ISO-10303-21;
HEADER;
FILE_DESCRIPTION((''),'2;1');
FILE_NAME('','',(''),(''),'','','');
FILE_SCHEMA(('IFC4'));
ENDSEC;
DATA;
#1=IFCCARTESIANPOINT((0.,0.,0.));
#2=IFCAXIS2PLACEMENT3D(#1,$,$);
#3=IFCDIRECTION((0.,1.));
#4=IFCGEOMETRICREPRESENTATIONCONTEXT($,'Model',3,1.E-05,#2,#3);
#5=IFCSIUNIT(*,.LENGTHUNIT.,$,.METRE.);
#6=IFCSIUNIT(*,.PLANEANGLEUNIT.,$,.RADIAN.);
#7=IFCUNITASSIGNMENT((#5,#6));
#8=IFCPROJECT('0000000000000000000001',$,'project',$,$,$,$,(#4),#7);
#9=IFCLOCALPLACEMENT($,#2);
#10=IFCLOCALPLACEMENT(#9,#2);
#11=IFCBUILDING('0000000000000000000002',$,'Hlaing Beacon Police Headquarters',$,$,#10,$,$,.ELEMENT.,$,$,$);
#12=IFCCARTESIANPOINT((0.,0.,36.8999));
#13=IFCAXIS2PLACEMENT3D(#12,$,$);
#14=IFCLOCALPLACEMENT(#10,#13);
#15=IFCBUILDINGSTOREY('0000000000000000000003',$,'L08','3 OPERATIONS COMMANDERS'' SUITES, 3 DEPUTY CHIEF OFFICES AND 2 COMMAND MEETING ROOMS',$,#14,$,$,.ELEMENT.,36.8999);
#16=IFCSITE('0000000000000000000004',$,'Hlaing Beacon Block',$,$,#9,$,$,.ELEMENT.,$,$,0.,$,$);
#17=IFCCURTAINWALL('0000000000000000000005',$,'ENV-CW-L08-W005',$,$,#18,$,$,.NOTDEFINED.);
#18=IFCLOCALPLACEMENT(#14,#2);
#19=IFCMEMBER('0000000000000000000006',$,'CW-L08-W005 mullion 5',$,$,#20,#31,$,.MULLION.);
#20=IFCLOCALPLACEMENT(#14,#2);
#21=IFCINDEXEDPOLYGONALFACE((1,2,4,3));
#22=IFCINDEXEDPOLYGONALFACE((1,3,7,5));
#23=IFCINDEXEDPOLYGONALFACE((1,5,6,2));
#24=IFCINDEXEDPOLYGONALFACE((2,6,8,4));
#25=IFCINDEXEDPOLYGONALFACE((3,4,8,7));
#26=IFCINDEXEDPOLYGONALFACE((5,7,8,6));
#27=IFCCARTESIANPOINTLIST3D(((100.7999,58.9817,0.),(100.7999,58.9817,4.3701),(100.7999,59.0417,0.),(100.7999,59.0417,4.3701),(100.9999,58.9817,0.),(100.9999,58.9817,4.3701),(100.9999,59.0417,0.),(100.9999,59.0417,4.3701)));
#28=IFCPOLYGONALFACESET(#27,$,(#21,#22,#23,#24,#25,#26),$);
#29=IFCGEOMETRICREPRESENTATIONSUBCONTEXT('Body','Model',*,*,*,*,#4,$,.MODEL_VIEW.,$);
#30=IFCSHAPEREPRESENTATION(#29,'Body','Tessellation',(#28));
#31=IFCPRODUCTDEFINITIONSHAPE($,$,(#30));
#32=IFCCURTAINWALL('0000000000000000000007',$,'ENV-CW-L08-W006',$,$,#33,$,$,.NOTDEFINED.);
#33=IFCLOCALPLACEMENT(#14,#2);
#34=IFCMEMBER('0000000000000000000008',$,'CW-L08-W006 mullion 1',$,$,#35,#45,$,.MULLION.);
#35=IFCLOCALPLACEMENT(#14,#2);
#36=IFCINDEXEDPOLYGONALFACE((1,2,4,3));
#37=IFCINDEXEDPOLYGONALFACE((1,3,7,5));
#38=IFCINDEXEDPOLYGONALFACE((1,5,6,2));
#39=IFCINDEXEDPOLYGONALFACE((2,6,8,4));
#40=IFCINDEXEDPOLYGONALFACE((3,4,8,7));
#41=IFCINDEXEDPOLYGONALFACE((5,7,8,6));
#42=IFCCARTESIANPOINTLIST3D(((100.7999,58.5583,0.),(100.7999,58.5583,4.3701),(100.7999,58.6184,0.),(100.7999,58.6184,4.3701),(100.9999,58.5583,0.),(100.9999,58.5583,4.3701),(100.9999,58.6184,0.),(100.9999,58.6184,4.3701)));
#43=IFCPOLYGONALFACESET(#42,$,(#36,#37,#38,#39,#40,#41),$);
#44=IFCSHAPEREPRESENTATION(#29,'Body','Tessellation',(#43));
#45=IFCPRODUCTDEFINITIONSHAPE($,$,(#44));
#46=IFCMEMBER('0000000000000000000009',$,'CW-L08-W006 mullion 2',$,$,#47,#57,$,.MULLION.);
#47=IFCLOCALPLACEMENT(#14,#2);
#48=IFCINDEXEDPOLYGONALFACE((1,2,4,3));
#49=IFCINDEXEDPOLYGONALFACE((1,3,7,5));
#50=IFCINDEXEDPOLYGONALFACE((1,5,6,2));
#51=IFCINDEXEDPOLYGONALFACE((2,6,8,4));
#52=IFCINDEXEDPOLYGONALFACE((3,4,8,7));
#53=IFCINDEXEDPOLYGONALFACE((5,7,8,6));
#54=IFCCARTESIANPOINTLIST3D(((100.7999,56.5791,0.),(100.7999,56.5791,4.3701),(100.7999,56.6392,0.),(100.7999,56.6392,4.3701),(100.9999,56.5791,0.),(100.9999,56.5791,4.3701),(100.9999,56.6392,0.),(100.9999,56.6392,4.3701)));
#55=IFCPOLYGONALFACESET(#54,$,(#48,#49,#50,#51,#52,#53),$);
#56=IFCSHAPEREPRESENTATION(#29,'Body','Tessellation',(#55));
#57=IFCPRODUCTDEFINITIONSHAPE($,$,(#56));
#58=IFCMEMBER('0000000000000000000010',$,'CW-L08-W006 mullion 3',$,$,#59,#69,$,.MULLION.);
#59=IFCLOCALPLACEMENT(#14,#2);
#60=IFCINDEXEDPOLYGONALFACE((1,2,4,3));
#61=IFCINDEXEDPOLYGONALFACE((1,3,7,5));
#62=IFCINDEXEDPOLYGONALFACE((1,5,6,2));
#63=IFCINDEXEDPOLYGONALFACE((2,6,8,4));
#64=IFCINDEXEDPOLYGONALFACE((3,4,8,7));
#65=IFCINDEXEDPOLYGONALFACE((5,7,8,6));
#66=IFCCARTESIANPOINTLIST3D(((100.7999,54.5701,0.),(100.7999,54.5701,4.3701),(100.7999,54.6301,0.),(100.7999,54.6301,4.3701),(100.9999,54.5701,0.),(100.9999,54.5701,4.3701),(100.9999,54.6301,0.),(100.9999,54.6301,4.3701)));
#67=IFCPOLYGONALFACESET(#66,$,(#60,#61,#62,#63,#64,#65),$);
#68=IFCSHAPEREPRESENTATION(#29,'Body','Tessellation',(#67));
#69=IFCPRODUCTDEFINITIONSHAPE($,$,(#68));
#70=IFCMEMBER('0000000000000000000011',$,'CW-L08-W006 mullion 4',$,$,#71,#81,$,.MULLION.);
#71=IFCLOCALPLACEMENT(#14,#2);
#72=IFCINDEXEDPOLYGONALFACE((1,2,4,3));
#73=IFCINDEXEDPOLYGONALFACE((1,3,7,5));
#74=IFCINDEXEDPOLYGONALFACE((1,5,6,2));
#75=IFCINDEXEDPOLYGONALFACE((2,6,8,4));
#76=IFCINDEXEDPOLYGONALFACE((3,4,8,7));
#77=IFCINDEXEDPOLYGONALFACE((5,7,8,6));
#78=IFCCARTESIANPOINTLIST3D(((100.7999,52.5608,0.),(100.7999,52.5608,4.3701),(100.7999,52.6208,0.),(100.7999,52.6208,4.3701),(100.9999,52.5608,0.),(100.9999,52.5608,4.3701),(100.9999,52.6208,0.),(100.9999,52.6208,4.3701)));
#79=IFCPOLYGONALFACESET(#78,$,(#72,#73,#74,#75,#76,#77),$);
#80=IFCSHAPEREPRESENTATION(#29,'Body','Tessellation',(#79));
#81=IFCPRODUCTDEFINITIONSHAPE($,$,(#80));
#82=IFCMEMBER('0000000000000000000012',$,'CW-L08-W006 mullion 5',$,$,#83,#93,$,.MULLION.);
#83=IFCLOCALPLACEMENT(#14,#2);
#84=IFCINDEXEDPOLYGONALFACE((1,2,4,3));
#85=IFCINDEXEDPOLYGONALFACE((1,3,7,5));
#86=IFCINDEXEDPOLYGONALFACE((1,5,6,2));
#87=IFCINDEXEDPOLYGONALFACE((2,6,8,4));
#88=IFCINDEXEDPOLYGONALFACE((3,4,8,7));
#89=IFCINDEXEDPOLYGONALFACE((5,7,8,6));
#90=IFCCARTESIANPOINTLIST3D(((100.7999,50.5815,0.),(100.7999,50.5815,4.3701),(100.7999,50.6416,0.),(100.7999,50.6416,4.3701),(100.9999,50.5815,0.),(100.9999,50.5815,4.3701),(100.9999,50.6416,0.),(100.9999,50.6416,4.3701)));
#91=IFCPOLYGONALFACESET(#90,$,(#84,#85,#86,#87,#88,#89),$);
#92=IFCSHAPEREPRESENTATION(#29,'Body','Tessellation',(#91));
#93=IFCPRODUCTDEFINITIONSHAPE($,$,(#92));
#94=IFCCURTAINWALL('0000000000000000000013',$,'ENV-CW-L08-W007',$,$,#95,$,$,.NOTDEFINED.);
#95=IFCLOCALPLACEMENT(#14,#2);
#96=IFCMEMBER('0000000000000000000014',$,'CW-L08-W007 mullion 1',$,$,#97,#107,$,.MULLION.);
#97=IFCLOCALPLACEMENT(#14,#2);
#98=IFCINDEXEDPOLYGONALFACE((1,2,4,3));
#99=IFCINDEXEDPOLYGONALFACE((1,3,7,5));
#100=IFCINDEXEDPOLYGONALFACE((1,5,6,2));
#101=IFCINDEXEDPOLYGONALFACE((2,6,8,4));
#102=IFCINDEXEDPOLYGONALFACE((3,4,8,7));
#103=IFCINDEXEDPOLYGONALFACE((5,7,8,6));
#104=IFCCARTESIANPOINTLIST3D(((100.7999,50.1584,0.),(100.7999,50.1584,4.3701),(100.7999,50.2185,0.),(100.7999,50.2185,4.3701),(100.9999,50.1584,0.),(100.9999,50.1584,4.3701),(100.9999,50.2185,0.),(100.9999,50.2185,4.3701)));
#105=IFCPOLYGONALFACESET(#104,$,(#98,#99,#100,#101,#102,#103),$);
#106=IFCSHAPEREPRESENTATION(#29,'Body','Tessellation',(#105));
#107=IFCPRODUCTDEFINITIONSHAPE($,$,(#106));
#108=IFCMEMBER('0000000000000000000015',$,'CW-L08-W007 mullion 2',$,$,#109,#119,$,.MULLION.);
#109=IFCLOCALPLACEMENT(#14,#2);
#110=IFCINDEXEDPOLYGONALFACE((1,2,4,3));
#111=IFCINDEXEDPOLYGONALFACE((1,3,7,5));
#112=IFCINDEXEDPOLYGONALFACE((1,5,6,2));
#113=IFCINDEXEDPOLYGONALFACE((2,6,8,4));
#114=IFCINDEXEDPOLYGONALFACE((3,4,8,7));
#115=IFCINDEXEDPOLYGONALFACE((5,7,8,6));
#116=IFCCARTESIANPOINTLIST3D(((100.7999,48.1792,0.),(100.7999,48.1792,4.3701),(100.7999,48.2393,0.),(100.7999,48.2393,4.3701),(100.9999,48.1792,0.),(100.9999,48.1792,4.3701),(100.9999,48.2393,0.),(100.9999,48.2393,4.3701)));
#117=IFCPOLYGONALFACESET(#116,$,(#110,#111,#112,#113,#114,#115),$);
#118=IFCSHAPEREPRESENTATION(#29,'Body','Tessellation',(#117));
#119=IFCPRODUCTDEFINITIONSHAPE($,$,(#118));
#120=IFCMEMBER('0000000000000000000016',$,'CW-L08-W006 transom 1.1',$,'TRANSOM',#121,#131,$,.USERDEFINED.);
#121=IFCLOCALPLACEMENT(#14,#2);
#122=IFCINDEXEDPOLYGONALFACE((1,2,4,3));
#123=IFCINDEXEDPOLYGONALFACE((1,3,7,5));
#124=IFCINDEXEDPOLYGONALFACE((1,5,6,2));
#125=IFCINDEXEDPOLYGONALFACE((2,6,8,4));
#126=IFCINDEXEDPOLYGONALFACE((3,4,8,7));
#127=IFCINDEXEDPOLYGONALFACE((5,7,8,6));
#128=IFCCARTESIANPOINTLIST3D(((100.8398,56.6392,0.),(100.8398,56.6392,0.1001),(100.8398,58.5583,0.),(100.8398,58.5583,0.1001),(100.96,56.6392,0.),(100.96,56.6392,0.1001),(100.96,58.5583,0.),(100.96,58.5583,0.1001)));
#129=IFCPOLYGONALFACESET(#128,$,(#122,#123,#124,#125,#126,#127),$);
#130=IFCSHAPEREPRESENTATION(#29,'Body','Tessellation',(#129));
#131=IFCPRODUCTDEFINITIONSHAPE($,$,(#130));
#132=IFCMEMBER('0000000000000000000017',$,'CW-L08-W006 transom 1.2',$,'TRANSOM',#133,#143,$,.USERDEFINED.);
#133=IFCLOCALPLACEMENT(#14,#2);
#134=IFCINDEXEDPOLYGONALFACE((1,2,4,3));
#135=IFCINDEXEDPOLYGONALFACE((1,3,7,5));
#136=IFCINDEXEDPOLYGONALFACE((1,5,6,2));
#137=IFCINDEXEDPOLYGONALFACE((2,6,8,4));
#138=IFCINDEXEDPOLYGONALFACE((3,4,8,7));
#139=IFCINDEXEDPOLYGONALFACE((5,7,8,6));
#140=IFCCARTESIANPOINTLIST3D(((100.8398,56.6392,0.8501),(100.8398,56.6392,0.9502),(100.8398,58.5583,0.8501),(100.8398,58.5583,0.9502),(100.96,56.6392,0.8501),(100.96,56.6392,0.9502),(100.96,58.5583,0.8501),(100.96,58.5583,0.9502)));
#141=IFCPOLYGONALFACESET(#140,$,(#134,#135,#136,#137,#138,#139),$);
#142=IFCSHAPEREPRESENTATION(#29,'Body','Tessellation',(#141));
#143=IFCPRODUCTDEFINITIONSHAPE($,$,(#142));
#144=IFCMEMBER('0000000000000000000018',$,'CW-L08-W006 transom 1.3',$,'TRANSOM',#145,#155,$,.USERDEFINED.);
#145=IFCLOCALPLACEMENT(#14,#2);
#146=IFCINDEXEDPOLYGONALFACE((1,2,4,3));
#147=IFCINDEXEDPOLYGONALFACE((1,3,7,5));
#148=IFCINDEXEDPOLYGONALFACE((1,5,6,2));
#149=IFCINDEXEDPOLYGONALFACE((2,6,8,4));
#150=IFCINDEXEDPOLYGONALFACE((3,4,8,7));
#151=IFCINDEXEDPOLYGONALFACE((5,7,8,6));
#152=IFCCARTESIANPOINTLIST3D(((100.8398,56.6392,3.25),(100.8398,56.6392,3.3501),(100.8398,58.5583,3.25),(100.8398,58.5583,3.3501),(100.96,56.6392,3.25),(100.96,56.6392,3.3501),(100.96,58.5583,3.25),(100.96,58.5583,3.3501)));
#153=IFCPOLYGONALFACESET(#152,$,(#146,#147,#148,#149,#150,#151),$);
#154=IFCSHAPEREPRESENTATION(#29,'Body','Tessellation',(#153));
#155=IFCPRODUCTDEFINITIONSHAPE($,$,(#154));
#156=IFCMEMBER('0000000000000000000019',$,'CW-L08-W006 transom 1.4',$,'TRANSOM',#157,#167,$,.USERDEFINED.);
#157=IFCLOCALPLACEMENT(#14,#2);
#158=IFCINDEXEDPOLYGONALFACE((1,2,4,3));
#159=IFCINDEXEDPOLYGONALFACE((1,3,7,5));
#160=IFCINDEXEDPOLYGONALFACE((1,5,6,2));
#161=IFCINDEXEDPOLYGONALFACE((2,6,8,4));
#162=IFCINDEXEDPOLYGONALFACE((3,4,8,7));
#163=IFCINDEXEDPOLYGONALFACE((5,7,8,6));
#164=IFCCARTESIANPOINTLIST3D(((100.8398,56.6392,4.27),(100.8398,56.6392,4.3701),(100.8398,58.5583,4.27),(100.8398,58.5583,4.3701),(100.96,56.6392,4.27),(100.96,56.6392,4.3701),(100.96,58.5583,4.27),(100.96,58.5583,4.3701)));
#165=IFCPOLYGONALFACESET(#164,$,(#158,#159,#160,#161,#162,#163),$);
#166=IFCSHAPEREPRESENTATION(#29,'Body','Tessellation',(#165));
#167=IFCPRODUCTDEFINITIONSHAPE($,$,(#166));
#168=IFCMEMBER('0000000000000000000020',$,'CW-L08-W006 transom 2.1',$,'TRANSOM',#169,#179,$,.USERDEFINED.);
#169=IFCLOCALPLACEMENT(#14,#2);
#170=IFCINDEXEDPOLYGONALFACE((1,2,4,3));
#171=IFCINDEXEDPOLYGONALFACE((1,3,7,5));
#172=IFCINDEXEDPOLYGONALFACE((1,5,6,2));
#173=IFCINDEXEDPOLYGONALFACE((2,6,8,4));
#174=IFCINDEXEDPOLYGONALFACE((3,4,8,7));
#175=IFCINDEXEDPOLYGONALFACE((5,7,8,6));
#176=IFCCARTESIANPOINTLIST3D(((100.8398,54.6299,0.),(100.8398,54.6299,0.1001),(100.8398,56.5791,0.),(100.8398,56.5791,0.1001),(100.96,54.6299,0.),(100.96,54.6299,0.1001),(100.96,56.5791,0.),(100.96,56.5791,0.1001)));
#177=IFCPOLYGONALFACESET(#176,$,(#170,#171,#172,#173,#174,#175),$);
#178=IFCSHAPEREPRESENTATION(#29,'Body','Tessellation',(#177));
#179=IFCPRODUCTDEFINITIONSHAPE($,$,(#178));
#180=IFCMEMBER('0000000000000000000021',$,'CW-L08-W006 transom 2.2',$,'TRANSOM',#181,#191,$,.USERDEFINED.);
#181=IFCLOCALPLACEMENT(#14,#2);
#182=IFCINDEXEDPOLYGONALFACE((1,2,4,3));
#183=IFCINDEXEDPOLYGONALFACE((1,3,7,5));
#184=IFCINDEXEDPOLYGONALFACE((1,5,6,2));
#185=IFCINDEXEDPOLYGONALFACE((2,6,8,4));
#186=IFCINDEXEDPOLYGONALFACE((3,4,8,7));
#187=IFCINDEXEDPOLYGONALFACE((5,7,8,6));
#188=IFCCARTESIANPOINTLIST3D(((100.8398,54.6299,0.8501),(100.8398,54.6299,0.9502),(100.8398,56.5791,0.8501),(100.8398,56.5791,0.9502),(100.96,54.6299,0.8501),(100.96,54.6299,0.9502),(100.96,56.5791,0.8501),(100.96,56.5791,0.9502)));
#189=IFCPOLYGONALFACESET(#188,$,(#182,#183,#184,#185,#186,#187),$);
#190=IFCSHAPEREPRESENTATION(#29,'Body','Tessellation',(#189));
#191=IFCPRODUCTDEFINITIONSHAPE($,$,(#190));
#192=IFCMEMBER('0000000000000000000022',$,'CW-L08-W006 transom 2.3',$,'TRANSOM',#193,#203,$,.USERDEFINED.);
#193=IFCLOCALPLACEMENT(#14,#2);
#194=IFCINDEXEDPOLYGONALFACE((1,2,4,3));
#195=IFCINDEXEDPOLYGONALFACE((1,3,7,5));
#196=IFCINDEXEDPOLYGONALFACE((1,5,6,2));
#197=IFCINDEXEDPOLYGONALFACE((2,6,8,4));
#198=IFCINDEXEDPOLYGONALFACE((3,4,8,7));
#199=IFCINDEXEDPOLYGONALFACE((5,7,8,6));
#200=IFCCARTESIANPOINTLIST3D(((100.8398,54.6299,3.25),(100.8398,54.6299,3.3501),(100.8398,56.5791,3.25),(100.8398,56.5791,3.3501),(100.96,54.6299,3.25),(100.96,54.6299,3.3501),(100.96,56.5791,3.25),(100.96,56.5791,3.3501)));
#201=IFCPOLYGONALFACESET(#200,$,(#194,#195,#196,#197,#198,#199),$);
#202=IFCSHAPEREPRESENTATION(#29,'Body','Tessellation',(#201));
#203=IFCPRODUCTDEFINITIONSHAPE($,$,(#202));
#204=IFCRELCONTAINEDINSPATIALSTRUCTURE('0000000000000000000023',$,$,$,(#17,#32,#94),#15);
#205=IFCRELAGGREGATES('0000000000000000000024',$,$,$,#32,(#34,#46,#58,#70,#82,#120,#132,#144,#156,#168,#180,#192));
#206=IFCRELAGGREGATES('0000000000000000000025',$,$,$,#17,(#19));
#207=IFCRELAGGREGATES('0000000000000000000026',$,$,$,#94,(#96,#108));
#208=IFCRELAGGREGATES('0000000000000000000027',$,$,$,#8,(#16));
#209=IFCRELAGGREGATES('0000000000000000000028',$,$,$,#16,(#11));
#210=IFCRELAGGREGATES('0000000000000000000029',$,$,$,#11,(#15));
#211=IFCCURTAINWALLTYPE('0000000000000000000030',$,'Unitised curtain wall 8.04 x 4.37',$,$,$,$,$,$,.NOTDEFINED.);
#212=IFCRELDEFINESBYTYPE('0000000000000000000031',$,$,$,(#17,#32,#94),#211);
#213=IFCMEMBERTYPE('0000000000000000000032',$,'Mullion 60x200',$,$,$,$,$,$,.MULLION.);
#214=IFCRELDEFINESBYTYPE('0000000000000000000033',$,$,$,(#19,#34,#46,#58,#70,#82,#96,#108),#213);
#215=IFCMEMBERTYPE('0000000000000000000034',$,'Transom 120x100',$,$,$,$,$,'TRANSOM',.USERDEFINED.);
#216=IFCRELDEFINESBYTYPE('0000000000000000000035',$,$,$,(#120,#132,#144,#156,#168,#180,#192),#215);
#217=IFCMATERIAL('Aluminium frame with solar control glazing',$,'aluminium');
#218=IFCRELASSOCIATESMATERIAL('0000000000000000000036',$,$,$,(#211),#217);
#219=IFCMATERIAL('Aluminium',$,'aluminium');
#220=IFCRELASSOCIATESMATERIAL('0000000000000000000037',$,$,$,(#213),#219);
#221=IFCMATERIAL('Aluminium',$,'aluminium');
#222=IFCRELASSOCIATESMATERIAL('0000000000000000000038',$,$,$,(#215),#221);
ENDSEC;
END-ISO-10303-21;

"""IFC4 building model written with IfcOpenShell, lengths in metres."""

from ifc_helpers import new_model, si_unit, direction, frame, origin, origin_2d, place, context, subcontext, project, spatial, rectangle, extrude, material, material_profile, profile_set, type_object, element, aggregate, save


model = new_model("IFC4")

# Units and contexts
model_context = context("Model", 3, precision=1e-05, world=origin(), true_north=direction((0.0, 1.0)))
body_context = subcontext(model_context, "Body", "Model", "MODEL_VIEW")
ifc_project = project(units=[si_unit("LENGTHUNIT", "METRE"), si_unit("PLANEANGLEUNIT", "RADIAN")], contexts=[model_context])

# Site, building, storey
site_placement = place(None, origin())
site = spatial("IfcSite", under=ifc_project, at=site_placement, Name="Hlaing Beacon Block", CompositionType="ELEMENT", RefElevation=0.0)
building_placement = place(site_placement, origin())
building = spatial("IfcBuilding", under=site, at=building_placement, Name="Hlaing Beacon Police Headquarters", CompositionType="ELEMENT")
storey_placement = place(building_placement, frame((0.0, 0.0, 36.8999)))
storey = spatial("IfcBuildingStorey", under=building, at=storey_placement, Name="L08", Description="3 OPERATIONS COMMANDERS' SUITES, 3 DEPUTY CHIEF OFFICES AND 2 COMMAND MEETING ROOMS", CompositionType="ELEMENT", Elevation=36.8999)

# Curtain wall, member
ifc_material_1 = material(Name="Aluminium frame with solar control glazing", Category="aluminium")
curtain_wall_type = type_object("IfcCurtainWallType", Name="Unitised curtain wall 8.04 x 4.37", PredefinedType="NOTDEFINED", material=ifc_material_1)
curtain_wall_1_placement = place(storey_placement, origin())
curtain_wall_1 = element("IfcCurtainWall", 1, at=curtain_wall_1_placement, inside=storey, type_object=curtain_wall_type, Name="ENV-CW-L08-W005", PredefinedType="NOTDEFINED")
ifc_material_2 = material(Name="Aluminium", Category="aluminium")
ifc_material_profile_1 = material_profile(ifc_material_2, rectangle(XDim=0.2, YDim=0.0601, at=origin_2d()), Name="Mullion 60x200")
ifc_profile_set_1 = profile_set([ifc_material_profile_1], Name="Aluminium")
member_type_1 = type_object("IfcMemberType", Name="Mullion 60x200", PredefinedType="MULLION", material=ifc_profile_set_1)
member_1_placement = place(storey_placement, frame((100.8999, 59.0117, 0.0), z_axis=(0.0, 0.0, 1.0), x_axis=(1.0, 0.0, 0.0)))
member_1 = element("IfcMember", 2, at=member_1_placement, type_object=member_type_1, Name="CW-L08-W005 mullion 5", PredefinedType="MULLION", context=body_context, shape_type="SweptSolid", body=[
    extrude(rectangle(XDim=0.2, YDim=0.0601, at=origin_2d()), origin(), (0.0, 0.0, 1.0), 4.3701),
])

# Curtain walls, members
curtain_wall_2_placement = place(storey_placement, origin())
curtain_wall_2 = element("IfcCurtainWall", 3, at=curtain_wall_2_placement, inside=storey, type_object=curtain_wall_type, Name="ENV-CW-L08-W006", PredefinedType="NOTDEFINED")
member_2_placement = place(storey_placement, frame((100.8999, 58.5884, 0.0), z_axis=(0.0, 0.0, 1.0), x_axis=(1.0, 0.0, 0.0)))
member_2 = element("IfcMember", 4, at=member_2_placement, type_object=member_type_1, Name="CW-L08-W006 mullion 1", PredefinedType="MULLION", context=body_context, shape_type="SweptSolid", body=[
    extrude(rectangle(XDim=0.2, YDim=0.0601, at=origin_2d()), origin(), (0.0, 0.0, 1.0), 4.3701),
])
member_3_placement = place(storey_placement, frame((100.8999, 56.6091, 0.0), z_axis=(0.0, 0.0, 1.0), x_axis=(1.0, 0.0, 0.0)))
member_3 = element("IfcMember", 5, at=member_3_placement, type_object=member_type_1, Name="CW-L08-W006 mullion 2", PredefinedType="MULLION", context=body_context, shape_type="SweptSolid", body=[
    extrude(rectangle(XDim=0.2, YDim=0.0601, at=origin_2d()), origin(), (0.0, 0.0, 1.0), 4.3701),
])
member_4_placement = place(storey_placement, frame((100.8999, 54.6001, 0.0), z_axis=(0.0, 0.0, 1.0), x_axis=(1.0, 0.0, 0.0)))
member_4 = element("IfcMember", 6, at=member_4_placement, type_object=member_type_1, Name="CW-L08-W006 mullion 3", PredefinedType="MULLION", context=body_context, shape_type="SweptSolid", body=[
    extrude(rectangle(XDim=0.2, YDim=0.0601, at=origin_2d()), origin(), (0.0, 0.0, 1.0), 4.3701),
])
member_5_placement = place(storey_placement, frame((100.8999, 52.5908, 0.0), z_axis=(0.0, 0.0, 1.0), x_axis=(1.0, 0.0, 0.0)))
member_5 = element("IfcMember", 7, at=member_5_placement, type_object=member_type_1, Name="CW-L08-W006 mullion 4", PredefinedType="MULLION", context=body_context, shape_type="SweptSolid", body=[
    extrude(rectangle(XDim=0.2, YDim=0.0601, at=origin_2d()), origin(), (0.0, 0.0, 1.0), 4.3701),
])
member_6_placement = place(storey_placement, frame((100.8999, 50.6116, 0.0), z_axis=(0.0, 0.0, 1.0), x_axis=(1.0, 0.0, 0.0)))
member_6 = element("IfcMember", 8, at=member_6_placement, type_object=member_type_1, Name="CW-L08-W006 mullion 5", PredefinedType="MULLION", context=body_context, shape_type="SweptSolid", body=[
    extrude(rectangle(XDim=0.2, YDim=0.0601, at=origin_2d()), origin(), (0.0, 0.0, 1.0), 4.3701),
])
curtain_wall_3_placement = place(storey_placement, origin())
curtain_wall_3 = element("IfcCurtainWall", 9, at=curtain_wall_3_placement, inside=storey, type_object=curtain_wall_type, Name="ENV-CW-L08-W007", PredefinedType="NOTDEFINED")
member_7_placement = place(storey_placement, frame((100.8999, 50.1885, 0.0), z_axis=(0.0, 0.0, 1.0), x_axis=(1.0, 0.0, 0.0)))
member_7 = element("IfcMember", 10, at=member_7_placement, type_object=member_type_1, Name="CW-L08-W007 mullion 1", PredefinedType="MULLION", context=body_context, shape_type="SweptSolid", body=[
    extrude(rectangle(XDim=0.2, YDim=0.0601, at=origin_2d()), origin(), (0.0, 0.0, 1.0), 4.3701),
])
member_8_placement = place(storey_placement, frame((100.8999, 48.2092, 0.0), z_axis=(0.0, 0.0, 1.0), x_axis=(1.0, 0.0, 0.0)))
member_8 = element("IfcMember", 11, at=member_8_placement, type_object=member_type_1, Name="CW-L08-W007 mullion 2", PredefinedType="MULLION", context=body_context, shape_type="SweptSolid", body=[
    extrude(rectangle(XDim=0.2, YDim=0.0601, at=origin_2d()), origin(), (0.0, 0.0, 1.0), 4.3701),
])

# Members
ifc_material_3 = material(Name="Aluminium", Category="aluminium")
ifc_material_profile_2 = material_profile(ifc_material_3, rectangle(XDim=0.1201, YDim=0.1001, at=origin_2d()), Name="Transom 120x100")
ifc_profile_set_2 = profile_set([ifc_material_profile_2], Name="Aluminium")
member_type_2 = type_object("IfcMemberType", Name="Transom 120x100", ElementType="TRANSOM", PredefinedType="USERDEFINED", material=ifc_profile_set_2)
member_9_placement = place(storey_placement, frame((100.8999, 58.5583, 0.05), z_axis=(0.0, -1.0, 0.0), x_axis=(1.0, 0.0, 0.0)))
member_9 = element("IfcMember", 12, at=member_9_placement, type_object=member_type_2, Name="CW-L08-W006 transom 1.1", ObjectType="TRANSOM", PredefinedType="USERDEFINED", context=body_context, shape_type="SweptSolid", body=[
    extrude(rectangle(XDim=0.1201, YDim=0.1001, at=origin_2d()), origin(), (0.0, 0.0, 1.0), 1.9192),
])
member_10_placement = place(storey_placement, frame((100.8999, 58.5583, 0.9001), z_axis=(0.0, -1.0, 0.0), x_axis=(1.0, 0.0, 0.0)))
member_10 = element("IfcMember", 13, at=member_10_placement, type_object=member_type_2, Name="CW-L08-W006 transom 1.2", ObjectType="TRANSOM", PredefinedType="USERDEFINED", context=body_context, shape_type="SweptSolid", body=[
    extrude(rectangle(XDim=0.1201, YDim=0.1001, at=origin_2d()), origin(), (0.0, 0.0, 1.0), 1.9192),
])
member_11_placement = place(storey_placement, frame((100.8999, 58.5583, 3.3), z_axis=(0.0, -1.0, 0.0), x_axis=(1.0, 0.0, 0.0)))
member_11 = element("IfcMember", 14, at=member_11_placement, type_object=member_type_2, Name="CW-L08-W006 transom 1.3", ObjectType="TRANSOM", PredefinedType="USERDEFINED", context=body_context, shape_type="SweptSolid", body=[
    extrude(rectangle(XDim=0.1201, YDim=0.1001, at=origin_2d()), origin(), (0.0, 0.0, 1.0), 1.9192),
])
member_12_placement = place(storey_placement, frame((100.8999, 58.5583, 4.3201), z_axis=(0.0, -1.0, 0.0), x_axis=(1.0, 0.0, 0.0)))
member_12 = element("IfcMember", 15, at=member_12_placement, type_object=member_type_2, Name="CW-L08-W006 transom 1.4", ObjectType="TRANSOM", PredefinedType="USERDEFINED", context=body_context, shape_type="SweptSolid", body=[
    extrude(rectangle(XDim=0.1201, YDim=0.1001, at=origin_2d()), origin(), (0.0, 0.0, 1.0), 1.9192),
])
member_13_placement = place(storey_placement, frame((100.8999, 56.5791, 0.05), z_axis=(0.0, -1.0, 0.0), x_axis=(1.0, 0.0, 0.0)))
member_13 = element("IfcMember", 16, at=member_13_placement, type_object=member_type_2, Name="CW-L08-W006 transom 2.1", ObjectType="TRANSOM", PredefinedType="USERDEFINED", context=body_context, shape_type="SweptSolid", body=[
    extrude(rectangle(XDim=0.1201, YDim=0.1001, at=origin_2d()), origin(), (0.0, 0.0, 1.0), 1.9492),
])
member_14_placement = place(storey_placement, frame((100.8999, 56.5791, 0.9001), z_axis=(0.0, -1.0, 0.0), x_axis=(1.0, 0.0, 0.0)))
member_14 = element("IfcMember", 17, at=member_14_placement, type_object=member_type_2, Name="CW-L08-W006 transom 2.2", ObjectType="TRANSOM", PredefinedType="USERDEFINED", context=body_context, shape_type="SweptSolid", body=[
    extrude(rectangle(XDim=0.1201, YDim=0.1001, at=origin_2d()), origin(), (0.0, 0.0, 1.0), 1.9492),
])
member_15_placement = place(storey_placement, frame((100.8999, 56.5791, 3.3), z_axis=(0.0, -1.0, 0.0), x_axis=(1.0, 0.0, 0.0)))
member_15 = element("IfcMember", 18, at=member_15_placement, type_object=member_type_2, Name="CW-L08-W006 transom 2.3", ObjectType="TRANSOM", PredefinedType="USERDEFINED", context=body_context, shape_type="SweptSolid", body=[
    extrude(rectangle(XDim=0.1201, YDim=0.1001, at=origin_2d()), origin(), (0.0, 0.0, 1.0), 1.9492),
])
aggregate(curtain_wall_2, [member_2, member_3, member_4, member_5, member_6, member_9, member_10, member_11, member_12, member_13, member_14, member_15])

aggregate(curtain_wall_1, [member_1])
aggregate(curtain_wall_3, [member_7, member_8])

save(model, "model.ifc")
